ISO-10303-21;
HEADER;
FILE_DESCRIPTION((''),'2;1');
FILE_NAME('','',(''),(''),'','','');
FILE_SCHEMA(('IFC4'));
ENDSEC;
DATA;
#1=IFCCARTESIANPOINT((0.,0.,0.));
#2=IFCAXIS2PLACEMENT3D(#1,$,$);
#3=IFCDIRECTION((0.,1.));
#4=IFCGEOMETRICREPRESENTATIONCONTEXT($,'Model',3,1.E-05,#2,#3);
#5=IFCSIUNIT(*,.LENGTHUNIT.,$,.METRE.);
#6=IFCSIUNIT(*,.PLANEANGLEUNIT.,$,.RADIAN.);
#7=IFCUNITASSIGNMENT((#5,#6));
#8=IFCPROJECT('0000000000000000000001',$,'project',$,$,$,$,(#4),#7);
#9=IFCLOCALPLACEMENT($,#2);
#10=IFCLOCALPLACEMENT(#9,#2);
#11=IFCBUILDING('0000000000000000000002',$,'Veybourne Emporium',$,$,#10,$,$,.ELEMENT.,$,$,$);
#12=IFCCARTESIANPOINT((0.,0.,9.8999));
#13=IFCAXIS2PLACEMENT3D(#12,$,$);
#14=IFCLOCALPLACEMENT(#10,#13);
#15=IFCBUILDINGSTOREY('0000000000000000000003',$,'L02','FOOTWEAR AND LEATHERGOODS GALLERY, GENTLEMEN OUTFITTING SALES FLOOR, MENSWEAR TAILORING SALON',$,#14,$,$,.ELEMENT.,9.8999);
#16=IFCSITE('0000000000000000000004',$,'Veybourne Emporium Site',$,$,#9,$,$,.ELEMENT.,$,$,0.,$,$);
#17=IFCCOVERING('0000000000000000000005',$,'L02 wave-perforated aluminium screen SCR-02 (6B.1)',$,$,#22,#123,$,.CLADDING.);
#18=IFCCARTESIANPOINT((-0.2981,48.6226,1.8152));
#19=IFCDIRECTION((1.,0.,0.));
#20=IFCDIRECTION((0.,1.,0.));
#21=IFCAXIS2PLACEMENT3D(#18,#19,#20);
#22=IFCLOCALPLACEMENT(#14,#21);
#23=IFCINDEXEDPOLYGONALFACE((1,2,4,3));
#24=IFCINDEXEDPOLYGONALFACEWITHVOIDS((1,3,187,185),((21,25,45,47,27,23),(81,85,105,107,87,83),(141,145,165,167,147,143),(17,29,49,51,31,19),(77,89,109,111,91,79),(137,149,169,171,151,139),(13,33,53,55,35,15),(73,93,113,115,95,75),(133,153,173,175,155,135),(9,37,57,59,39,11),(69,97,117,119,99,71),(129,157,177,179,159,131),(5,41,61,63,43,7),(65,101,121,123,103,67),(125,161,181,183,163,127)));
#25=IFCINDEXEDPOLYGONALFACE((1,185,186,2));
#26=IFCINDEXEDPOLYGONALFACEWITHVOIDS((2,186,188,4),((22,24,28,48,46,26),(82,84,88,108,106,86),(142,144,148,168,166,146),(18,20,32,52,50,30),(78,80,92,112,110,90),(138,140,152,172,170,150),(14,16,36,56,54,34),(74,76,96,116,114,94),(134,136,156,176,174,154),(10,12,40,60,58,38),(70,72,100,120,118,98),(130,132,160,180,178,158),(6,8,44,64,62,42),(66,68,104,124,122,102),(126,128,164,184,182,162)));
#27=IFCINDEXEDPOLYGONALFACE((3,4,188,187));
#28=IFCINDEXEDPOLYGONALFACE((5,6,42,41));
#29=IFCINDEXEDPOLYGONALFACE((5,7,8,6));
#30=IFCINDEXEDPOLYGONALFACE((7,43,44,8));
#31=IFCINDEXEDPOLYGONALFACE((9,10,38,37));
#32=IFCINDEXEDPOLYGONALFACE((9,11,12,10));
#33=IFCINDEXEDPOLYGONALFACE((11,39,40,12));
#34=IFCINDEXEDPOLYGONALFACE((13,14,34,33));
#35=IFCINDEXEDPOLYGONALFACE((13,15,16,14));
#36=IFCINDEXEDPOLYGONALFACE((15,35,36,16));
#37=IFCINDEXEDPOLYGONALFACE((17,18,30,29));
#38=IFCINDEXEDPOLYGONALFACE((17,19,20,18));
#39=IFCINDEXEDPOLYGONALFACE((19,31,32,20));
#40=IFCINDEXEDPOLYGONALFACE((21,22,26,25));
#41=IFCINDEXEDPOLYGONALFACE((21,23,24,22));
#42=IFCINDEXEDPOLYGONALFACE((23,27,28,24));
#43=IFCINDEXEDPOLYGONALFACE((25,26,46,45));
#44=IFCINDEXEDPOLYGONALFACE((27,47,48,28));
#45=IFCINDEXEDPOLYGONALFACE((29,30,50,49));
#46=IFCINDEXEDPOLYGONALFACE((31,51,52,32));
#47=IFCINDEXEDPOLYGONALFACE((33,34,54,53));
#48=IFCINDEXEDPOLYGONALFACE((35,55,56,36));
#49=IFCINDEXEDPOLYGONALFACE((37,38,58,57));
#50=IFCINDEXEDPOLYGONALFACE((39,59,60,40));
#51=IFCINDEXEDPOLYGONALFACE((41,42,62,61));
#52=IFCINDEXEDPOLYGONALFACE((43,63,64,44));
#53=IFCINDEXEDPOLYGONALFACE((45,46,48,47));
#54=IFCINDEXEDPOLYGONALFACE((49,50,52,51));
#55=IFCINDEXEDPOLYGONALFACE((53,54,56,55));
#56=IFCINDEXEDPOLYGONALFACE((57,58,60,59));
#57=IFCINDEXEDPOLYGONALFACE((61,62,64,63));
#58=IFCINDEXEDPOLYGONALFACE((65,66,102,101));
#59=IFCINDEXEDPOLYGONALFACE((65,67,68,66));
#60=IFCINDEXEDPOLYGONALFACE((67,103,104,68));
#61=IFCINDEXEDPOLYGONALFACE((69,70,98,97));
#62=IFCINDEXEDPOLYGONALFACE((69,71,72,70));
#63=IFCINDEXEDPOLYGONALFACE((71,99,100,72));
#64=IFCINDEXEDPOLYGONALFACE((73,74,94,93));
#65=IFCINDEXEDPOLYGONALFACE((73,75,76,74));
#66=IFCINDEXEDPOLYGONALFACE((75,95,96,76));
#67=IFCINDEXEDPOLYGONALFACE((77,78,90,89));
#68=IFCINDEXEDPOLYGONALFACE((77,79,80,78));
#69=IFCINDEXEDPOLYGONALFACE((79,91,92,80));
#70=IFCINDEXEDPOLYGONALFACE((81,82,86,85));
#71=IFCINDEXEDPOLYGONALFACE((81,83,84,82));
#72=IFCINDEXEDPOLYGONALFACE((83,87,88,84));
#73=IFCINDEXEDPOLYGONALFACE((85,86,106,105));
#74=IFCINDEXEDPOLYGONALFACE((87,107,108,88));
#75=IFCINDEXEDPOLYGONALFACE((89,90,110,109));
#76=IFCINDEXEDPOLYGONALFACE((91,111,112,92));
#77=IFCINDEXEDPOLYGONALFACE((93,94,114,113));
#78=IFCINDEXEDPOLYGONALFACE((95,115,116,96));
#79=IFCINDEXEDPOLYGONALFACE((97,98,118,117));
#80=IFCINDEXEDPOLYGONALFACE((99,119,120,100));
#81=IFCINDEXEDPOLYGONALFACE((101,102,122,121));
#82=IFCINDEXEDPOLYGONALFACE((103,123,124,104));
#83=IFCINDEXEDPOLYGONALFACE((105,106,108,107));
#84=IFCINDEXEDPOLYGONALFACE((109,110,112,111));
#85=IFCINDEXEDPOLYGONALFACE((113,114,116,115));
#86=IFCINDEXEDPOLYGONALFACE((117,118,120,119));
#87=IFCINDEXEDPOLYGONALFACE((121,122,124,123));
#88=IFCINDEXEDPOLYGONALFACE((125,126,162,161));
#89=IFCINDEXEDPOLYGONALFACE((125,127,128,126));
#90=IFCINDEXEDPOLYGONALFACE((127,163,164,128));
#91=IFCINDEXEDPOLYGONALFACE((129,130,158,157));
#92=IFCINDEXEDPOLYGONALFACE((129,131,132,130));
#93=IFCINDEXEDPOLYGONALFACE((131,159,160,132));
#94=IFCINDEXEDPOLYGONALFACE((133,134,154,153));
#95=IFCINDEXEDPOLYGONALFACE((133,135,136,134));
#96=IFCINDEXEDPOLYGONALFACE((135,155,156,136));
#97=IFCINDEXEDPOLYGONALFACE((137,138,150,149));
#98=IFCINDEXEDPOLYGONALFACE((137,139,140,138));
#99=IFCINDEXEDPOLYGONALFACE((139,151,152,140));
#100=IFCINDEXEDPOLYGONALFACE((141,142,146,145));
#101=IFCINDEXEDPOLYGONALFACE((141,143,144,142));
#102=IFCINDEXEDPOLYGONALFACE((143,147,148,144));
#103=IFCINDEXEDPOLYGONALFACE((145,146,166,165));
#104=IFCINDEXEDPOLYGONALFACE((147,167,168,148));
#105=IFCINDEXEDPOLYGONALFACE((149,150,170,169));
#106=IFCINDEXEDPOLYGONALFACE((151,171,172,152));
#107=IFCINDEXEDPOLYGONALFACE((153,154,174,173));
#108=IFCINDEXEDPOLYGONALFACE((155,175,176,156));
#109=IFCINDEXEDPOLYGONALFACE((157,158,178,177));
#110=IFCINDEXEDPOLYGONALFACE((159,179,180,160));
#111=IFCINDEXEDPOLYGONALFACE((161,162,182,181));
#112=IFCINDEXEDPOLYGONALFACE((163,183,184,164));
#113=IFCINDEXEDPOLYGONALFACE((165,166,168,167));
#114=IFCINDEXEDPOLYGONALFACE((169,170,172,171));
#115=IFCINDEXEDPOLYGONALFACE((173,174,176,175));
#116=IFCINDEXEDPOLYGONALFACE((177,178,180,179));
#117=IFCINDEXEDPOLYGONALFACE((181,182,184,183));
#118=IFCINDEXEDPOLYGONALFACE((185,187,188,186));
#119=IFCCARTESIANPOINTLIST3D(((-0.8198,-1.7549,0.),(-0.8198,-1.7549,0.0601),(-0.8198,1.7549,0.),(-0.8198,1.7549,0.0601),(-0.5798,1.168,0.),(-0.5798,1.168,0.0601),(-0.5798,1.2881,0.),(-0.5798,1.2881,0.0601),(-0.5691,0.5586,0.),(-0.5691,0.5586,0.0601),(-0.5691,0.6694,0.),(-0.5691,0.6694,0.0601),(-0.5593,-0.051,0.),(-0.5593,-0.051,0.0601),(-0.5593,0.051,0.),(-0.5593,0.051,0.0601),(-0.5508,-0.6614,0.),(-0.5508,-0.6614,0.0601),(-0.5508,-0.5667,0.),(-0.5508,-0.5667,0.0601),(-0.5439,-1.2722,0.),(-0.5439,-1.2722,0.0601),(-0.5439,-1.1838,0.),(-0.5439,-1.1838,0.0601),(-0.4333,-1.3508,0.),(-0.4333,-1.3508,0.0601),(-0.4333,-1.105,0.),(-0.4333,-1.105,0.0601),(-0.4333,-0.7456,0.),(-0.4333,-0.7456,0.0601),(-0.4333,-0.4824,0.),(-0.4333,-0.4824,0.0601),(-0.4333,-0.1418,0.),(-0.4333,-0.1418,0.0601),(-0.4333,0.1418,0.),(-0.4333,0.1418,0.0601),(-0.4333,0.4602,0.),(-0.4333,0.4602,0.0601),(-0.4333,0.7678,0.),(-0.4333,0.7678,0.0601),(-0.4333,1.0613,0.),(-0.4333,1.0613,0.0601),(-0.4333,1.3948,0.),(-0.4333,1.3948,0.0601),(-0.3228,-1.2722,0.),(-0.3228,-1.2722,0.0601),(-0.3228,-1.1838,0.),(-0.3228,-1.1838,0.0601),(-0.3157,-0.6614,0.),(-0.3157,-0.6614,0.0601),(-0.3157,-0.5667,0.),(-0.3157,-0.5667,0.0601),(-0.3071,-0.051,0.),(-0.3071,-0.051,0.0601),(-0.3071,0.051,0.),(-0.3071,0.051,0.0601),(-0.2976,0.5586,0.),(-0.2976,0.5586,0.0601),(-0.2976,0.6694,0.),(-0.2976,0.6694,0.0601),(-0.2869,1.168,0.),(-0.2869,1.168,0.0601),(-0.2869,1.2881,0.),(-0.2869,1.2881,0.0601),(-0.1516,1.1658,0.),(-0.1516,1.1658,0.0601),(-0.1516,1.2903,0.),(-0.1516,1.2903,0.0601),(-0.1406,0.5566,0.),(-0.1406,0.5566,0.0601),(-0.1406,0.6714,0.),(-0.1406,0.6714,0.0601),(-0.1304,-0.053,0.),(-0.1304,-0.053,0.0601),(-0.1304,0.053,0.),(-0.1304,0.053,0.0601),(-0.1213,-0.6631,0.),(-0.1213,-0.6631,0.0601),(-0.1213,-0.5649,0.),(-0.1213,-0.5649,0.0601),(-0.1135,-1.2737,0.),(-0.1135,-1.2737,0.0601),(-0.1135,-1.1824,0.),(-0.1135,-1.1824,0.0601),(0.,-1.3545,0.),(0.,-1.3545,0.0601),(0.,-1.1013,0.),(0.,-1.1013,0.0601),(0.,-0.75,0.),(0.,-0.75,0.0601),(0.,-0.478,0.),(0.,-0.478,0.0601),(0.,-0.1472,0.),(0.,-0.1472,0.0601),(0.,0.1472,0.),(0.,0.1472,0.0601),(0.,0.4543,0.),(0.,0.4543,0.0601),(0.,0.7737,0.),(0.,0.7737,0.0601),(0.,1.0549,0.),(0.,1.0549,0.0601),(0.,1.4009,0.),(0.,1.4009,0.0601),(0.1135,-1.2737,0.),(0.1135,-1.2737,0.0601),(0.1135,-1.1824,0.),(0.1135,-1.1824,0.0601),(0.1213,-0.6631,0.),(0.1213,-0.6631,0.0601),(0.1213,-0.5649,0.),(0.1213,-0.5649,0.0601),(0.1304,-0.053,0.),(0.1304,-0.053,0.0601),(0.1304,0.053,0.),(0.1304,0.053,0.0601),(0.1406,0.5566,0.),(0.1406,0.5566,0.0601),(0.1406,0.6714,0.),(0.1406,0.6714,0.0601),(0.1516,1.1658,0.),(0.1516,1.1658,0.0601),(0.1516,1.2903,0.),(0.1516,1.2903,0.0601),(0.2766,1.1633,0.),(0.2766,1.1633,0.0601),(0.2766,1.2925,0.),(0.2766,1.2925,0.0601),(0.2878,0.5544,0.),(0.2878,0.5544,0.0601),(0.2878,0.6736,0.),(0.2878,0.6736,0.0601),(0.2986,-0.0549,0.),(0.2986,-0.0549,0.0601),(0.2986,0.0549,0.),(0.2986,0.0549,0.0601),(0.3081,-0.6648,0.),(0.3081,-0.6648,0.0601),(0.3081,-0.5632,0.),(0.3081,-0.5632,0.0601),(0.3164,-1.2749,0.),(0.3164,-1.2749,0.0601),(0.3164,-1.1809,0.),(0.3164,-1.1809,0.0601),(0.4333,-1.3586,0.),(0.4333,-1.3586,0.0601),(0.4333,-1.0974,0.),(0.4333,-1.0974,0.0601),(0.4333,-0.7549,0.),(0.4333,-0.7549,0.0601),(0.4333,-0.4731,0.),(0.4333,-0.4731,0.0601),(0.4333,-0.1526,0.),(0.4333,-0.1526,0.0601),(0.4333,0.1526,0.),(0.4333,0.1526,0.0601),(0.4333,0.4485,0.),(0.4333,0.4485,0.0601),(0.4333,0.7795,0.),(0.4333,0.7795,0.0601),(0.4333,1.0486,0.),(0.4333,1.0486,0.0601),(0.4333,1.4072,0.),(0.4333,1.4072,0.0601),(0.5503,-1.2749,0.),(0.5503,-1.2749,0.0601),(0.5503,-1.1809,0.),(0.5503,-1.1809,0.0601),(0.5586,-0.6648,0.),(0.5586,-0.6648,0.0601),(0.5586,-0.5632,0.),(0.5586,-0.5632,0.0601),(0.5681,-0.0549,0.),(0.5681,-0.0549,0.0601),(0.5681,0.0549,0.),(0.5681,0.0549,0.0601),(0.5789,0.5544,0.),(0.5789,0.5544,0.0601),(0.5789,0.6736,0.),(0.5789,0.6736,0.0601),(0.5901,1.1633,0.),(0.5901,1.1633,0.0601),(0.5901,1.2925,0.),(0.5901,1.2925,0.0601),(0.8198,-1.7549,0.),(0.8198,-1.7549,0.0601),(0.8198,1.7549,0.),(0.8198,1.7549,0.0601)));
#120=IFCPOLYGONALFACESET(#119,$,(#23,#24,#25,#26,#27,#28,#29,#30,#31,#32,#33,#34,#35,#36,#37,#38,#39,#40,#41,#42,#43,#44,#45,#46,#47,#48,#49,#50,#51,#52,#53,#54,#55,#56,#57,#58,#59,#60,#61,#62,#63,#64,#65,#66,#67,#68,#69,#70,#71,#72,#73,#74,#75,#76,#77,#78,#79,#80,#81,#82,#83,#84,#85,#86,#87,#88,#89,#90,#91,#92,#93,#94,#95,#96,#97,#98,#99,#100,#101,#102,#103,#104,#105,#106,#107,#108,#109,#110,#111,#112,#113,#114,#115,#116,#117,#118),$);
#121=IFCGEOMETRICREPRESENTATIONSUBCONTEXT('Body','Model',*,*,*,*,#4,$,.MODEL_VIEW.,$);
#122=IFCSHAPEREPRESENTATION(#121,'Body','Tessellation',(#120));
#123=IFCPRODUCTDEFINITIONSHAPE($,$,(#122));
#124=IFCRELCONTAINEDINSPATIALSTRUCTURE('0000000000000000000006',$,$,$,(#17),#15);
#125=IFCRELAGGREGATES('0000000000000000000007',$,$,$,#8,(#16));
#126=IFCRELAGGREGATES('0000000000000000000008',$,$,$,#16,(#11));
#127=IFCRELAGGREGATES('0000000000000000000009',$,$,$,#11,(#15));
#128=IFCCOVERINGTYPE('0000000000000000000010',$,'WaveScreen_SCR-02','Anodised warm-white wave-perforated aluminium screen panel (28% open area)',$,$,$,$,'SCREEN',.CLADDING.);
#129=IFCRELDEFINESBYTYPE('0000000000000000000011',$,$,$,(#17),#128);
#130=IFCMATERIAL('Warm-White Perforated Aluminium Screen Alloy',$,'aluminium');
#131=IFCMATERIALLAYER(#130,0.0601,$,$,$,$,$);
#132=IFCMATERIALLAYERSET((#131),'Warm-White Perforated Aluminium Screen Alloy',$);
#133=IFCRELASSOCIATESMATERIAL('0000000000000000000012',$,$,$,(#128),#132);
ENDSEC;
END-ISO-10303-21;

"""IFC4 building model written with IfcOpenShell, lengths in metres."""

from ifc_helpers import new_model, si_unit, direction, frame, origin, place, context, subcontext, project, spatial, polyline, outline, extrude, material, layer, layer_set, type_object, element, save


model = new_model("IFC4")

# Units and contexts
model_context = context("Model", 3, precision=1e-05, world=origin(), true_north=direction((0.0, 1.0)))
body_context = subcontext(model_context, "Body", "Model", "MODEL_VIEW")
ifc_project = project(units=[si_unit("LENGTHUNIT", "METRE"), si_unit("PLANEANGLEUNIT", "RADIAN")], contexts=[model_context])

# Site, building, storey
site_placement = place(None, origin())
site = spatial("IfcSite", under=ifc_project, at=site_placement, Name="Veybourne Emporium Site", CompositionType="ELEMENT", RefElevation=0.0)
building_placement = place(site_placement, origin())
building = spatial("IfcBuilding", under=site, at=building_placement, Name="Veybourne Emporium", CompositionType="ELEMENT")
storey_placement = place(building_placement, frame((0.0, 0.0, 9.8999)))
storey = spatial("IfcBuildingStorey", under=building, at=storey_placement, Name="L02", Description="FOOTWEAR AND LEATHERGOODS GALLERY, GENTLEMEN OUTFITTING SALES FLOOR, MENSWEAR TAILORING SALON", CompositionType="ELEMENT", Elevation=9.8999)

# Covering
ifc_material_1 = material(Name="Warm-White Perforated Aluminium Screen Alloy", Category="aluminium")
ifc_layer_1 = layer(ifc_material_1, 0.0601)
ifc_layer_set_1 = layer_set([ifc_layer_1], Name="Warm-White Perforated Aluminium Screen Alloy")
covering_type_1 = type_object("IfcCoveringType", Name="WaveScreen_SCR-02", Description="Anodised warm-white wave-perforated aluminium screen panel (28% open area)", ElementType="SCREEN", PredefinedType="CLADDING", material=ifc_layer_set_1)
covering_1_placement = place(storey_placement, frame((-0.2981, 48.6226, 1.8152), z_axis=(1.0, 0.0, 0.0), x_axis=(0.0, 1.0, 0.0)))
element("IfcCovering", 1, at=covering_1_placement, inside=storey, type_object=covering_type_1, Name="L02 wave-perforated aluminium screen SCR-02 (6B.1)", PredefinedType="CLADDING", context=body_context, shape_type="SweptSolid", body=[
    extrude(outline(polyline([(-0.8198, -1.7549), (0.8198, -1.7549), (0.8198, 1.7549), (-0.8198, 1.7549), (-0.8198, -1.7549)]), holes=[polyline([(-0.4333, -1.105), (-0.3228, -1.1838), (-0.3228, -1.2722), (-0.4333, -1.3508), (-0.5439, -1.2722), (-0.5439, -1.1838), (-0.4333, -1.105)]), polyline([(-0.4333, -0.4824), (-0.3157, -0.5667), (-0.3157, -0.6614), (-0.4333, -0.7456), (-0.5508, -0.6614), (-0.5508, -0.5667), (-0.4333, -0.4824)]), polyline([(-0.4333, 0.1418), (-0.3071, 0.051), (-0.3071, -0.051), (-0.4333, -0.1418), (-0.5593, -0.051), (-0.5593, 0.051), (-0.4333, 0.1418)]), polyline([(-0.4333, 0.7678), (-0.2976, 0.6694), (-0.2976, 0.5586), (-0.4333, 0.4602), (-0.5691, 0.5586), (-0.5691, 0.6694), (-0.4333, 0.7678)]), polyline([(-0.4333, 1.3948), (-0.2869, 1.2881), (-0.2869, 1.168), (-0.4333, 1.0613), (-0.5798, 1.168), (-0.5798, 1.2881), (-0.4333, 1.3948)]), polyline([(0.0, -1.1013), (0.1135, -1.1824), (0.1135, -1.2737), (0.0, -1.3545), (-0.1135, -1.2737), (-0.1135, -1.1824), (0.0, -1.1013)]), polyline([(0.0, -0.478), (0.1213, -0.5649), (0.1213, -0.6631), (0.0, -0.75), (-0.1213, -0.6631), (-0.1213, -0.5649), (0.0, -0.478)]), polyline([(0.0, 0.1472), (0.1304, 0.053), (0.1304, -0.053), (0.0, -0.1472), (-0.1304, -0.053), (-0.1304, 0.053), (0.0, 0.1472)]), polyline([(0.0, 0.7737), (0.1406, 0.6714), (0.1406, 0.5566), (0.0, 0.4543), (-0.1406, 0.5566), (-0.1406, 0.6714), (0.0, 0.7737)]), polyline([(0.0, 1.4009), (0.1516, 1.2903), (0.1516, 1.1658), (0.0, 1.0549), (-0.1516, 1.1658), (-0.1516, 1.2903), (0.0, 1.4009)]), polyline([(0.4333, -1.0974), (0.5503, -1.1809), (0.5503, -1.2749), (0.4333, -1.3586), (0.3164, -1.2749), (0.3164, -1.1809), (0.4333, -1.0974)]), polyline([(0.4333, -0.4731), (0.5586, -0.5632), (0.5586, -0.6648), (0.4333, -0.7549), (0.3081, -0.6648), (0.3081, -0.5632), (0.4333, -0.4731)]), polyline([(0.4333, 0.1526), (0.5681, 0.0549), (0.5681, -0.0549), (0.4333, -0.1526), (0.2986, -0.0549), (0.2986, 0.0549), (0.4333, 0.1526)]), polyline([(0.4333, 0.7795), (0.5789, 0.6736), (0.5789, 0.5544), (0.4333, 0.4485), (0.2878, 0.5544), (0.2878, 0.6736), (0.4333, 0.7795)]), polyline([(0.4333, 1.4072), (0.5901, 1.2925), (0.5901, 1.1633), (0.4333, 1.0486), (0.2766, 1.1633), (0.2766, 1.2925), (0.4333, 1.4072)])]), origin(), (0.0, 0.0, 1.0), 0.0601),
])

save(model, "model.ifc")
